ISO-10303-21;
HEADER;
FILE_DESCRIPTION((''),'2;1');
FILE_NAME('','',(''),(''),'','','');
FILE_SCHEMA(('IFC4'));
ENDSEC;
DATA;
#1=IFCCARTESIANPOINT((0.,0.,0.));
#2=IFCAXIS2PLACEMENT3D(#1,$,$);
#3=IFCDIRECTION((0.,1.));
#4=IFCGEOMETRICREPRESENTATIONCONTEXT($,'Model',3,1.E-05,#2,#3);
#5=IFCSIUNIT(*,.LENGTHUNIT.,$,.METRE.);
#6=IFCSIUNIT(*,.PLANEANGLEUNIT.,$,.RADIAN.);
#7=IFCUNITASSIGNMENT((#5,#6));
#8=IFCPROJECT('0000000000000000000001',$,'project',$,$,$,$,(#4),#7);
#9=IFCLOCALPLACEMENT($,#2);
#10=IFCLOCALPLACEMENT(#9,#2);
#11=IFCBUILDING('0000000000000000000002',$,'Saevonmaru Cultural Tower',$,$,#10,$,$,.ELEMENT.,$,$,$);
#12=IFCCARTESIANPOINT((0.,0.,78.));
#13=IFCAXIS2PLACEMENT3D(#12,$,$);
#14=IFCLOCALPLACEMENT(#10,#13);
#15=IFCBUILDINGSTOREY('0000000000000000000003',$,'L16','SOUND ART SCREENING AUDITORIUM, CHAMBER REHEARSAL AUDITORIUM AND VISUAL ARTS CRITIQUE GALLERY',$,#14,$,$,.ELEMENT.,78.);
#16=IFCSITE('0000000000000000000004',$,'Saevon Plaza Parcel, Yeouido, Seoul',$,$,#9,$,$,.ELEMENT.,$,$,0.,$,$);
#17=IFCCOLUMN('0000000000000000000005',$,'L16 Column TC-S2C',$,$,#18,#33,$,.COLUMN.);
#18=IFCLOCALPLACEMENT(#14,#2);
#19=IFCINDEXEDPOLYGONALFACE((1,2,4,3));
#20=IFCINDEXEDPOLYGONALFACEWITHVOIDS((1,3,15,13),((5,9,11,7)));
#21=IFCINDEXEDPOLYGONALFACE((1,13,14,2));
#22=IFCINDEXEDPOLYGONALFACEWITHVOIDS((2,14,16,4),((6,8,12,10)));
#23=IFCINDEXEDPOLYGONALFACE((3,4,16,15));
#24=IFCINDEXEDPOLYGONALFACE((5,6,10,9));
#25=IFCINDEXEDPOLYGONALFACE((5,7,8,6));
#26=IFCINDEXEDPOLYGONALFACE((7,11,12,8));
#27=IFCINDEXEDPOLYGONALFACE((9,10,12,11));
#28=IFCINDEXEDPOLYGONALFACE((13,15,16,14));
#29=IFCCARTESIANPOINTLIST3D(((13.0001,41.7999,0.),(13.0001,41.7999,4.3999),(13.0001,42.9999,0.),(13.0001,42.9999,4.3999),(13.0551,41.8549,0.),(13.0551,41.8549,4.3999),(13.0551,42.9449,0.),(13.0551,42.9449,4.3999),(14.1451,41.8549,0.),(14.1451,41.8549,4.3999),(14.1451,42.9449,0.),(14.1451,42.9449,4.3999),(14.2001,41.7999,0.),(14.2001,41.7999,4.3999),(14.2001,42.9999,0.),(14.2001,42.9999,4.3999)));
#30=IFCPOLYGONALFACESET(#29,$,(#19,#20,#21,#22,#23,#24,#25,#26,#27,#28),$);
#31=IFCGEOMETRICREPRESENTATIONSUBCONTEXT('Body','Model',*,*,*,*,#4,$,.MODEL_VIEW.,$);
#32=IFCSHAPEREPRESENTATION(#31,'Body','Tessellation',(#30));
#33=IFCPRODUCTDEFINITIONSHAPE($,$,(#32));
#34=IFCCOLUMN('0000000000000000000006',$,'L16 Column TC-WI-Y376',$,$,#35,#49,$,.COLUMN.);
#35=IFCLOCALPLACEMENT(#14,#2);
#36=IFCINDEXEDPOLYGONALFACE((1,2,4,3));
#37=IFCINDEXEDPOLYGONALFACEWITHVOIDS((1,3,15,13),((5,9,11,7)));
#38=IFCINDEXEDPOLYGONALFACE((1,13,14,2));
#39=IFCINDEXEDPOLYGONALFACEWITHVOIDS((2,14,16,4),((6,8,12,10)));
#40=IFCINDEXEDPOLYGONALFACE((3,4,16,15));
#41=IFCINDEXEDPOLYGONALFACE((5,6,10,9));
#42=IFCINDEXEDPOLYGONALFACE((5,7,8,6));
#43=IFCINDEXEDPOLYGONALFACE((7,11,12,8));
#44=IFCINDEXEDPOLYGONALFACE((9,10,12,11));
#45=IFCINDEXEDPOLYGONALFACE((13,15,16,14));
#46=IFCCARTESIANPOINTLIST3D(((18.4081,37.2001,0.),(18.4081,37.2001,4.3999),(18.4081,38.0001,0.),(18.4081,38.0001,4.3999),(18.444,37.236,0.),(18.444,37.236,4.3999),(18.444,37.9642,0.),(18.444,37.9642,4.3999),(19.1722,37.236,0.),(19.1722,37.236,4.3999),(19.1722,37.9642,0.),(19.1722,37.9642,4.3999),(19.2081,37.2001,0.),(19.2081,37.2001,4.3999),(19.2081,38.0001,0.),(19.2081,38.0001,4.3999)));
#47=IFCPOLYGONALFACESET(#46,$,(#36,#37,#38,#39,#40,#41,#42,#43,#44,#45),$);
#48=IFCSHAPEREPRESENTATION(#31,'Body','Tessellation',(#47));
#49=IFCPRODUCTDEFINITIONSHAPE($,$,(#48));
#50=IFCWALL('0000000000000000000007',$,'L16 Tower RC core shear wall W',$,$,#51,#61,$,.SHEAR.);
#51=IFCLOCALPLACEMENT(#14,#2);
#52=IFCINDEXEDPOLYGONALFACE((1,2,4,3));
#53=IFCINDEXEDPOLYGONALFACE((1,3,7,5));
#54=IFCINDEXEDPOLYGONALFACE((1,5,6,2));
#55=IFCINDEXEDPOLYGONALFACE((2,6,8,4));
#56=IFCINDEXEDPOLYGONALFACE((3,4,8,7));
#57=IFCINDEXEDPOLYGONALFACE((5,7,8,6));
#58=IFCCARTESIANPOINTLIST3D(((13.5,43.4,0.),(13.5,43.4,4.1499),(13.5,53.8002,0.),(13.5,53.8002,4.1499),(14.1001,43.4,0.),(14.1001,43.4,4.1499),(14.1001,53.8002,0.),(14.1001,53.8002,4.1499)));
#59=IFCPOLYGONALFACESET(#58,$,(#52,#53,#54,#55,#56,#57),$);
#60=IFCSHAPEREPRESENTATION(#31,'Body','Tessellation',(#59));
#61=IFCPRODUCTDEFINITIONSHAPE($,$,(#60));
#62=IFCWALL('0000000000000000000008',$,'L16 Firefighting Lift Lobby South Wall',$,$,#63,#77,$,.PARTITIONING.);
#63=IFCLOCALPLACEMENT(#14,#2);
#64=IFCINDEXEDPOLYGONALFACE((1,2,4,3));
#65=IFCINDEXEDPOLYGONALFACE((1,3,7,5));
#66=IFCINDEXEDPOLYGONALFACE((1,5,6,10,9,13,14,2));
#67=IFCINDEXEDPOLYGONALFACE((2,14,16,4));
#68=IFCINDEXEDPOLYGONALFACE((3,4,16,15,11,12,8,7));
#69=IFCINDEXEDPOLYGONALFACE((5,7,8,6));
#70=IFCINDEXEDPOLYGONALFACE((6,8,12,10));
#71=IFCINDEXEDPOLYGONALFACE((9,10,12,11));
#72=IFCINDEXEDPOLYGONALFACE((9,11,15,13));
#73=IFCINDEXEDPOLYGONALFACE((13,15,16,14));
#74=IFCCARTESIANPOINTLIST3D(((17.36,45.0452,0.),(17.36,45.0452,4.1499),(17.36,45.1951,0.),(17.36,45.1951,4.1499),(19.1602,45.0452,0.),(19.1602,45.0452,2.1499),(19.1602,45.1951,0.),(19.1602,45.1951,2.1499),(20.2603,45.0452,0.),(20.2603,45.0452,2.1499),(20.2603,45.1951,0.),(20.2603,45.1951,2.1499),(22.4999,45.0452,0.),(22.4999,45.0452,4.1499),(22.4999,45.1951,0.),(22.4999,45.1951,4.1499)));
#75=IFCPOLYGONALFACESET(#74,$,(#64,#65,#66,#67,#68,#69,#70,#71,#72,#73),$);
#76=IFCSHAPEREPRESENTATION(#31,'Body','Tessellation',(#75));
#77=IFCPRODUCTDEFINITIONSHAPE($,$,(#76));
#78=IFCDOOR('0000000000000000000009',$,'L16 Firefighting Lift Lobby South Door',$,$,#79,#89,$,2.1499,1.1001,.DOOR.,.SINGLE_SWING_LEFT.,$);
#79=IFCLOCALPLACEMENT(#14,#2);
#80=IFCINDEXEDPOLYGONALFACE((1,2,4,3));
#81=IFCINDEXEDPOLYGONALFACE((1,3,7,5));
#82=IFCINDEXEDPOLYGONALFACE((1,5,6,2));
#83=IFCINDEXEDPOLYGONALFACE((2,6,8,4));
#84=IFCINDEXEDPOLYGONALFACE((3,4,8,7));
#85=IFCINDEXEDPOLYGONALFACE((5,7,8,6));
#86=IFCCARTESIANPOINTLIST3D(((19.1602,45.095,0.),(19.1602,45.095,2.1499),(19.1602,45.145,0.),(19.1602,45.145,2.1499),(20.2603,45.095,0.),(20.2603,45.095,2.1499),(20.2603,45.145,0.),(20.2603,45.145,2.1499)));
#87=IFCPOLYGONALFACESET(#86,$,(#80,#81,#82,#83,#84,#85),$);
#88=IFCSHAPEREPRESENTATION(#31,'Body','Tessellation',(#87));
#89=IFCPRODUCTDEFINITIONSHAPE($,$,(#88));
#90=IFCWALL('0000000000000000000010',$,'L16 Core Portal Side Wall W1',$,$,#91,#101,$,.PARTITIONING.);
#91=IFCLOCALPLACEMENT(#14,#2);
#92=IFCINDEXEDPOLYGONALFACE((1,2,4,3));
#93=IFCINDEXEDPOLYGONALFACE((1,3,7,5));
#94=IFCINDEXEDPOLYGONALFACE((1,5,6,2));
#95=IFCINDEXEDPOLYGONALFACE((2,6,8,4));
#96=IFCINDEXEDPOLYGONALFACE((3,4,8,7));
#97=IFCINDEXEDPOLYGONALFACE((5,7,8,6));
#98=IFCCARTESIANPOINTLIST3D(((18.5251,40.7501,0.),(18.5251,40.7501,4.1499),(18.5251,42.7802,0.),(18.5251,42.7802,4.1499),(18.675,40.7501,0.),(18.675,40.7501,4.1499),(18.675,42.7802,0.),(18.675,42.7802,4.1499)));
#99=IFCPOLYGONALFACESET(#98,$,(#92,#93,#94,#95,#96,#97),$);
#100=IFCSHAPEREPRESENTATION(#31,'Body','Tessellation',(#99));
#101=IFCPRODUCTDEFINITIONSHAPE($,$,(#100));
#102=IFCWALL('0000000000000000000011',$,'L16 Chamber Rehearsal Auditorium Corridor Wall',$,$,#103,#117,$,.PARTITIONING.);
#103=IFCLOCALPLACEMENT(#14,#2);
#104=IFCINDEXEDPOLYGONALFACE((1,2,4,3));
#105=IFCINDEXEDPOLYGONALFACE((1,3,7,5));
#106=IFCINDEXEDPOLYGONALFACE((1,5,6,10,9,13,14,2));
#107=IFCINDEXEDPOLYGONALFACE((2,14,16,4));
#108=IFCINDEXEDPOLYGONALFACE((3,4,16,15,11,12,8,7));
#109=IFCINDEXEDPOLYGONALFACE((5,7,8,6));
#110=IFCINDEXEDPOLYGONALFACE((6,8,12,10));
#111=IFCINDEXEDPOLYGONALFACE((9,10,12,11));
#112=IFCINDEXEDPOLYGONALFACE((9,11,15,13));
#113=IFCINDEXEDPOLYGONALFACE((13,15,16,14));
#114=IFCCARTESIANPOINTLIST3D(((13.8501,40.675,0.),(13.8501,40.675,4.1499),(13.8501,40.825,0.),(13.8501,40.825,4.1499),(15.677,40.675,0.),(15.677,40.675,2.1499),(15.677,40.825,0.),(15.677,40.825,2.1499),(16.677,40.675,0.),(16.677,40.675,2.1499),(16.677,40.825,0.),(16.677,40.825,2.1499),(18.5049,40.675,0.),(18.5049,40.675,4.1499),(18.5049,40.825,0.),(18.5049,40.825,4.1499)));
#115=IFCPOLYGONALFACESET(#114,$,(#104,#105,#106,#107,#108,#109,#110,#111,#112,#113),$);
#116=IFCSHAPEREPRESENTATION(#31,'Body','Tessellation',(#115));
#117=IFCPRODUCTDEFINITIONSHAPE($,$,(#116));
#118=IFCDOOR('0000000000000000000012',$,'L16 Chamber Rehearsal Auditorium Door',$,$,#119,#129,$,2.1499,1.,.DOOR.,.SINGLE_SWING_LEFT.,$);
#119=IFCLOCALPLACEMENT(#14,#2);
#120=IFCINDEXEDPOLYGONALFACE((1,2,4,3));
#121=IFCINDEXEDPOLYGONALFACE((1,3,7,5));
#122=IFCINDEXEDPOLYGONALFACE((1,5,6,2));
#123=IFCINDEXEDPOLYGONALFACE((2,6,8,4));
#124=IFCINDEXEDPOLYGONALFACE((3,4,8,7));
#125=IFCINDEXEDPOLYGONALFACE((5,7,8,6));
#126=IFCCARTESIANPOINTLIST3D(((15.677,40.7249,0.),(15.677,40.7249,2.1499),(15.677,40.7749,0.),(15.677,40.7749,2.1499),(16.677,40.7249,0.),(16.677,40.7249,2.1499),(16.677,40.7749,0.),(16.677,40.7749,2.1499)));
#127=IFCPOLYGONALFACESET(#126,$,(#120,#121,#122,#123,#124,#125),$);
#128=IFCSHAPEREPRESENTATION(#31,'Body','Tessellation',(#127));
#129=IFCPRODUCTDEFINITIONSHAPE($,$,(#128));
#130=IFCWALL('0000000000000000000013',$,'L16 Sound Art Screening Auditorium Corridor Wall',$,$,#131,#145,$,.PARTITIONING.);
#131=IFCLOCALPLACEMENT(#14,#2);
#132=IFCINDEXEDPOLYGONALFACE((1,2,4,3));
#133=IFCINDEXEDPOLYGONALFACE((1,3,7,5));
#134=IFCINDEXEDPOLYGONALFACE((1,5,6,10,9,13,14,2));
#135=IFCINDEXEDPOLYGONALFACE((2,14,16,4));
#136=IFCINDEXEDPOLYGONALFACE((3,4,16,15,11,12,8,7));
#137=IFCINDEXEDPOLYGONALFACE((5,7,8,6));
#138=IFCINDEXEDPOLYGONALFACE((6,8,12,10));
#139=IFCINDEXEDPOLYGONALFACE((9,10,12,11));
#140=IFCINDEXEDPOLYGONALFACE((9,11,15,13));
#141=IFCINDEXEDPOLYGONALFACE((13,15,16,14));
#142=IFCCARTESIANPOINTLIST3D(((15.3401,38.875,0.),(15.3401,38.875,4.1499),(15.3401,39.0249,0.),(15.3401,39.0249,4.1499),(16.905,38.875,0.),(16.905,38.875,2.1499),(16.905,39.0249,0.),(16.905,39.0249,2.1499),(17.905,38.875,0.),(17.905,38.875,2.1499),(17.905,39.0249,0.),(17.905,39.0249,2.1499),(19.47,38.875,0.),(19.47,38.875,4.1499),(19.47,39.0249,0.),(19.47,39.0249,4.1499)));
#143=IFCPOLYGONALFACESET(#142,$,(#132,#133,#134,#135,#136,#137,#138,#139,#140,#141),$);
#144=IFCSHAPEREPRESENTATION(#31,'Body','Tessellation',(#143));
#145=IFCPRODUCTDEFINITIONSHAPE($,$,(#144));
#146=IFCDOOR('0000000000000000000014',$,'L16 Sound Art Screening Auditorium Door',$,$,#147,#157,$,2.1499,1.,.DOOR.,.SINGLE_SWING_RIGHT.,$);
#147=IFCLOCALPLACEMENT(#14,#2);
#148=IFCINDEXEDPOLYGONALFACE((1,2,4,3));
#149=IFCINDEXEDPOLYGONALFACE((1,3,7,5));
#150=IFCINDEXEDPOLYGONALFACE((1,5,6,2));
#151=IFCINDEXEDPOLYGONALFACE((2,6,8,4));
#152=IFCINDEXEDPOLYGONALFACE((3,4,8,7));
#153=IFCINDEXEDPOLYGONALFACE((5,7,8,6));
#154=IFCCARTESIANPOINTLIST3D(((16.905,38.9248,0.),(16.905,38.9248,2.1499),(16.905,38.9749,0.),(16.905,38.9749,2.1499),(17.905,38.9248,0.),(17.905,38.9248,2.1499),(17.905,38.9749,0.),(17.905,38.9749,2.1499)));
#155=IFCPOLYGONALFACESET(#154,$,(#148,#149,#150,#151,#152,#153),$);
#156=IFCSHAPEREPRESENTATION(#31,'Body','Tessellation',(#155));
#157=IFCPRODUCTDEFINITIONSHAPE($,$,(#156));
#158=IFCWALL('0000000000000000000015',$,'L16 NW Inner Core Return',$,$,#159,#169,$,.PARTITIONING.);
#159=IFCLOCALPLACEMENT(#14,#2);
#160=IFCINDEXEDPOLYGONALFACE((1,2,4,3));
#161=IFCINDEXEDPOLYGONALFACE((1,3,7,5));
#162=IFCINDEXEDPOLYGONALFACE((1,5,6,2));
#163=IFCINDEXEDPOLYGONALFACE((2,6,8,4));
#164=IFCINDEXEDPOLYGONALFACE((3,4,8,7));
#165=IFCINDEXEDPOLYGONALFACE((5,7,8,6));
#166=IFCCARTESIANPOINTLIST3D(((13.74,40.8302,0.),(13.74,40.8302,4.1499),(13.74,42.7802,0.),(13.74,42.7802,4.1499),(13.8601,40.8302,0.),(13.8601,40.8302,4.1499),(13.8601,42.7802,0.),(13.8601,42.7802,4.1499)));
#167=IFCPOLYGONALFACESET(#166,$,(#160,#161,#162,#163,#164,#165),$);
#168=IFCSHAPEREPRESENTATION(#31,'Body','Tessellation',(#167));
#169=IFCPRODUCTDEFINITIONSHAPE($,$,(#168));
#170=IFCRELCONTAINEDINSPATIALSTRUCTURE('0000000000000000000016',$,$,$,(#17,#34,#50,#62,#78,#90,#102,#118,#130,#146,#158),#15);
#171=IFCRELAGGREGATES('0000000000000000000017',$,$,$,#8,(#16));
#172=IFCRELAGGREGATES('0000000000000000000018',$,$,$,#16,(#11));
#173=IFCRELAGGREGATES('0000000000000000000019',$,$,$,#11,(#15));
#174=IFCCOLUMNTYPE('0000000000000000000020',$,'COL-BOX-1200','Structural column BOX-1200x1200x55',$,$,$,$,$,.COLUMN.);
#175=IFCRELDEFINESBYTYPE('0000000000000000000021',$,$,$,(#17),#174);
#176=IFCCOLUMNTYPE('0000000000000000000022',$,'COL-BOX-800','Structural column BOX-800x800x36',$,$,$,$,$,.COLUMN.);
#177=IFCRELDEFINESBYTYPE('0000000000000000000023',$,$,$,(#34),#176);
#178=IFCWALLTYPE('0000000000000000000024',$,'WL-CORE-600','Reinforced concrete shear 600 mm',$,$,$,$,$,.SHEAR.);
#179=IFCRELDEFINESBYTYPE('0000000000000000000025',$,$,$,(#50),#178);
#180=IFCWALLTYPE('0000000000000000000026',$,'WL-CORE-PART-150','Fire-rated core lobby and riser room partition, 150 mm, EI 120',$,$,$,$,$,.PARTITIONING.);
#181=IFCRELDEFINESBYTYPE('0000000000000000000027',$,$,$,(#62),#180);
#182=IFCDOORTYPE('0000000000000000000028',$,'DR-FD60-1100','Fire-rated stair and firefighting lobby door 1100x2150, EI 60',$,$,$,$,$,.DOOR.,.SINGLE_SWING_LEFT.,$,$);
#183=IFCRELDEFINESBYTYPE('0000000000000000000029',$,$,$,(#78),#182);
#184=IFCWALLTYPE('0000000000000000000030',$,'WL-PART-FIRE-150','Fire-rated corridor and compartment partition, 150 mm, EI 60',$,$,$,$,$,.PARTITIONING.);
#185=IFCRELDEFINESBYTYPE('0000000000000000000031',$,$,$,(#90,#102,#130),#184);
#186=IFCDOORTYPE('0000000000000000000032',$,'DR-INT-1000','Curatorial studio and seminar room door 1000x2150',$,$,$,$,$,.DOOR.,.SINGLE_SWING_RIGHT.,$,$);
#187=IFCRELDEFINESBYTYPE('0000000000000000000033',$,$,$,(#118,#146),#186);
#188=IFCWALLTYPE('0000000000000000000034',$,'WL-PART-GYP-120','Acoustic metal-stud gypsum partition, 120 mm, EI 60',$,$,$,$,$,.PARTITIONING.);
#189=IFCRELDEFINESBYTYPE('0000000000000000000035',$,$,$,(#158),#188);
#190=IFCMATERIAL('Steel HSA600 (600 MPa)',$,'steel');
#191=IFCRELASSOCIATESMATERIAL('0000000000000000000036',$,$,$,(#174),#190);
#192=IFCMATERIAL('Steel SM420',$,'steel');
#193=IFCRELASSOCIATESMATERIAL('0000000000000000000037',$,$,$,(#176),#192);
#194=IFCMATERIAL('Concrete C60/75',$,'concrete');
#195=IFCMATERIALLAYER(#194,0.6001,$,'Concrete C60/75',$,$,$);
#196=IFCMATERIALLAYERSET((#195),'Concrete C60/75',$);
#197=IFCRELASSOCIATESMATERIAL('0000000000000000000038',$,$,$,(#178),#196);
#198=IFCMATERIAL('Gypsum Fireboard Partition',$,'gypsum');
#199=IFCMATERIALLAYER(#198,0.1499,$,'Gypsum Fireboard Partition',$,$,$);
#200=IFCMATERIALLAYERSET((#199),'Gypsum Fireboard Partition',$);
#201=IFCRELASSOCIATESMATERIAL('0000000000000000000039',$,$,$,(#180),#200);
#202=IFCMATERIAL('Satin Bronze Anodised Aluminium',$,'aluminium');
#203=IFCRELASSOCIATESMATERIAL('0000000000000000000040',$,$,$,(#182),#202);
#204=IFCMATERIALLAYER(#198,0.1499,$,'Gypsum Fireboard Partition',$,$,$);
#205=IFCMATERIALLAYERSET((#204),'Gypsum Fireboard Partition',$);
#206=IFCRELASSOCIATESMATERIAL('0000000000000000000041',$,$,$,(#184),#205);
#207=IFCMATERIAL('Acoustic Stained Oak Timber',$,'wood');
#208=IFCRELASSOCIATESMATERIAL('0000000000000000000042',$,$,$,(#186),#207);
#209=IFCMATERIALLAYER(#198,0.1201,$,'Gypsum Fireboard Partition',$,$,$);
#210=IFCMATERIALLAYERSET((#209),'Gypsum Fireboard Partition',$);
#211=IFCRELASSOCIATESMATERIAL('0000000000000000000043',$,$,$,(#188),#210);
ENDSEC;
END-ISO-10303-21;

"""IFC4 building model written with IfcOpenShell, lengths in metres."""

from ifc_helpers import new_model, si_unit, direction, frame, frame_2d, origin, origin_2d, place, context, subcontext, project, spatial, rectangle, hollow_rectangle, extrude, material, layer, layer_set, material_profile, profile_set, type_object, element, fill, save


model = new_model("IFC4")

# Units and contexts
model_context = context("Model", 3, precision=1e-05, world=origin(), true_north=direction((0.0, 1.0)))
body_context = subcontext(model_context, "Body", "Model", "MODEL_VIEW")
ifc_project = project(units=[si_unit("LENGTHUNIT", "METRE"), si_unit("PLANEANGLEUNIT", "RADIAN")], contexts=[model_context])

# Site, building, storey
site_placement = place(None, origin())
site = spatial("IfcSite", under=ifc_project, at=site_placement, Name="Saevon Plaza Parcel, Yeouido, Seoul", CompositionType="ELEMENT", RefElevation=0.0)
building_placement = place(site_placement, origin())
building = spatial("IfcBuilding", under=site, at=building_placement, Name="Saevonmaru Cultural Tower", CompositionType="ELEMENT")
storey_placement = place(building_placement, frame((0.0, 0.0, 78.0)))
storey = spatial("IfcBuildingStorey", under=building, at=storey_placement, Name="L16", Description="SOUND ART SCREENING AUDITORIUM, CHAMBER REHEARSAL AUDITORIUM AND VISUAL ARTS CRITIQUE GALLERY", CompositionType="ELEMENT", Elevation=78.0)

# Columns
ifc_material_1 = material(Name="Steel HSA600 (600 MPa)", Category="steel")
ifc_material_profile_1 = material_profile(ifc_material_1, hollow_rectangle(XDim=1.2, YDim=1.2, WallThickness=0.0549, at=origin_2d()), Name="BOX-1200x1200x55")
ifc_profile_set_1 = profile_set([ifc_material_profile_1], Name="Steel HSA600 (600 MPa)")
column_type_1 = type_object("IfcColumnType", Name="COL-BOX-1200", Description="Structural column BOX-1200x1200x55", PredefinedType="COLUMN", material=ifc_profile_set_1)
column_1_placement = place(storey_placement, frame((13.6001, 42.3999, 0.0), z_axis=(0.0, 0.0, 1.0), x_axis=(1.0, 0.0, 0.0)))
element("IfcColumn", 1, at=column_1_placement, inside=storey, type_object=column_type_1, Name="L16 Column TC-S2C", PredefinedType="COLUMN", context=body_context, shape_type="SweptSolid", body=[
    extrude(hollow_rectangle(XDim=1.2, YDim=1.2, WallThickness=0.0549, at=origin_2d()), origin(), (0.0, 0.0, 1.0), 4.3999),
])
ifc_material_2 = material(Name="Steel SM420", Category="steel")
ifc_material_profile_2 = material_profile(ifc_material_2, hollow_rectangle(XDim=0.8, YDim=0.8, WallThickness=0.0359, at=origin_2d()), Name="BOX-800x800x36")
ifc_profile_set_2 = profile_set([ifc_material_profile_2], Name="Steel SM420")
column_type_2 = type_object("IfcColumnType", Name="COL-BOX-800", Description="Structural column BOX-800x800x36", PredefinedType="COLUMN", material=ifc_profile_set_2)
column_2_placement = place(storey_placement, frame((18.8081, 37.6001, 0.0), z_axis=(0.0, 0.0, 1.0), x_axis=(1.0, 0.0, 0.0)))
element("IfcColumn", 2, at=column_2_placement, inside=storey, type_object=column_type_2, Name="L16 Column TC-WI-Y376", PredefinedType="COLUMN", context=body_context, shape_type="SweptSolid", body=[
    extrude(hollow_rectangle(XDim=0.8, YDim=0.8, WallThickness=0.0359, at=origin_2d()), origin(), (0.0, 0.0, 1.0), 4.3999),
])

# Wall
ifc_material_3 = material(Name="Concrete C60/75", Category="concrete")
ifc_layer_1 = layer(ifc_material_3, 0.6001, Name="Concrete C60/75")
ifc_layer_set_1 = layer_set([ifc_layer_1], Name="Concrete C60/75")
wall_type_1 = type_object("IfcWallType", Name="WL-CORE-600", Description="Reinforced concrete shear 600 mm", PredefinedType="SHEAR", material=ifc_layer_set_1)
wall_1_placement = place(storey_placement, frame((13.8, 43.3999, 0.0), z_axis=(0.0, 0.0, 1.0), x_axis=(0.0, 1.0, 0.0)))
element("IfcWall", 3, at=wall_1_placement, inside=storey, type_object=wall_type_1, Name="L16 Tower RC core shear wall W", PredefinedType="SHEAR", context=body_context, shape_type="SweptSolid", body=[
    extrude(rectangle(XDim=10.4001, YDim=0.6001, at=frame_2d((5.2002, 0.0))), origin(), (0.0, 0.0, 1.0), 4.1499),
])

# Wall, opening, door
ifc_material_4 = material(Name="Gypsum Fireboard Partition", Category="gypsum")
ifc_layer_2 = layer(ifc_material_4, 0.1499, Name="Gypsum Fireboard Partition")
ifc_layer_set_2 = layer_set([ifc_layer_2], Name="Gypsum Fireboard Partition")
wall_type_2 = type_object("IfcWallType", Name="WL-CORE-PART-150", Description="Fire-rated core lobby and riser room partition, 150 mm, EI 120", PredefinedType="PARTITIONING", material=ifc_layer_set_2)
wall_2_placement = place(storey_placement, frame((17.3601, 45.1201, 0.0), z_axis=(0.0, 0.0, 1.0), x_axis=(1.0, 0.0, 0.0)))
wall_2 = element("IfcWall", 4, at=wall_2_placement, inside=storey, type_object=wall_type_2, Name="L16 Firefighting Lift Lobby South Wall", PredefinedType="PARTITIONING", context=body_context, shape_type="SweptSolid", body=[
    extrude(rectangle(XDim=5.1399, YDim=0.1499, at=frame_2d((2.5698, 0.0))), origin(), (0.0, 0.0, 1.0), 4.1499),
])
opening_1_placement = place(wall_2_placement, frame((1.8, 0.0, 0.0)))
opening_1 = element("IfcOpeningElement", 5, at=opening_1_placement, cuts=wall_2, PredefinedType="OPENING", context=body_context, shape_type="SweptSolid", body=[
    extrude(rectangle(XDim=1.1001, YDim=2.1499, at=frame_2d((0.55, 1.075))), frame((0.0, 0.085, 0.0), z_axis=(0.0, -1.0, 0.0), x_axis=(1.0, 0.0, 0.0)), (0.0, 0.0, 1.0), 0.1699),
])
ifc_material_5 = material(Name="Satin Bronze Anodised Aluminium", Category="aluminium")
door_type_1 = type_object("IfcDoorType", Name="DR-FD60-1100", Description="Fire-rated stair and firefighting lobby door 1100x2150, EI 60", OperationType="SINGLE_SWING_LEFT", PredefinedType="DOOR", material=ifc_material_5)
door_1_placement = place(opening_1_placement, origin())
door_1 = element("IfcDoor", 6, at=door_1_placement, inside=storey, type_object=door_type_1, Name="L16 Firefighting Lift Lobby South Door", OperationType="SINGLE_SWING_LEFT", OverallHeight=2.1499, OverallWidth=1.1001, PredefinedType="DOOR", context=body_context, shape_type="SweptSolid", body=[
    extrude(rectangle(XDim=1.1001, YDim=2.1499, at=frame_2d((0.55, 1.075))), frame((0.0, 0.0249, 0.0), z_axis=(0.0, -1.0, 0.0), x_axis=(1.0, 0.0, 0.0)), (0.0, 0.0, 1.0), 0.05),
])
fill(opening_1, door_1)

# Wall
ifc_layer_3 = layer(ifc_material_4, 0.1499, Name="Gypsum Fireboard Partition")
ifc_layer_set_3 = layer_set([ifc_layer_3], Name="Gypsum Fireboard Partition")
wall_type_3 = type_object("IfcWallType", Name="WL-PART-FIRE-150", Description="Fire-rated corridor and compartment partition, 150 mm, EI 60", PredefinedType="PARTITIONING", material=ifc_layer_set_3)
wall_3_placement = place(storey_placement, frame((18.6001, 40.75, 0.0), z_axis=(0.0, 0.0, 1.0), x_axis=(0.0, 1.0, 0.0)))
element("IfcWall", 7, at=wall_3_placement, inside=storey, type_object=wall_type_3, Name="L16 Core Portal Side Wall W1", PredefinedType="PARTITIONING", context=body_context, shape_type="SweptSolid", body=[
    extrude(rectangle(XDim=2.03, YDim=0.1499, at=frame_2d((1.0151, 0.0))), origin(), (0.0, 0.0, 1.0), 4.1499),
])

# Walls, openings, doors
wall_4_placement = place(storey_placement, frame((13.8501, 40.75, 0.0), z_axis=(0.0, 0.0, 1.0), x_axis=(1.0, 0.0, 0.0)))
wall_4 = element("IfcWall", 8, at=wall_4_placement, inside=storey, type_object=wall_type_3, Name="L16 Chamber Rehearsal Auditorium Corridor Wall", PredefinedType="PARTITIONING", context=body_context, shape_type="SweptSolid", body=[
    extrude(rectangle(XDim=4.6548, YDim=0.1499, at=frame_2d((2.3274, 0.0))), origin(), (0.0, 0.0, 1.0), 4.1499),
])
opening_2_placement = place(wall_4_placement, frame((1.8269, 0.0, 0.0)))
opening_2 = element("IfcOpeningElement", 9, at=opening_2_placement, cuts=wall_4, PredefinedType="OPENING", context=body_context, shape_type="SweptSolid", body=[
    extrude(rectangle(XDim=1.0, YDim=2.1499, at=frame_2d((0.5, 1.075))), frame((0.0, 0.085, 0.0), z_axis=(0.0, -1.0, 0.0), x_axis=(1.0, 0.0, 0.0)), (0.0, 0.0, 1.0), 0.1699),
])
ifc_material_6 = material(Name="Acoustic Stained Oak Timber", Category="wood")
door_type_2 = type_object("IfcDoorType", Name="DR-INT-1000", Description="Curatorial studio and seminar room door 1000x2150", OperationType="SINGLE_SWING_RIGHT", PredefinedType="DOOR", material=ifc_material_6)
door_2_placement = place(opening_2_placement, origin())
door_2 = element("IfcDoor", 10, at=door_2_placement, inside=storey, type_object=door_type_2, Name="L16 Chamber Rehearsal Auditorium Door", OperationType="SINGLE_SWING_LEFT", OverallHeight=2.1499, OverallWidth=1.0, PredefinedType="DOOR", context=body_context, shape_type="SweptSolid", body=[
    extrude(rectangle(XDim=1.0, YDim=2.1499, at=frame_2d((0.5, 1.075))), frame((0.0, 0.0249, 0.0), z_axis=(0.0, -1.0, 0.0), x_axis=(1.0, 0.0, 0.0)), (0.0, 0.0, 1.0), 0.05),
])
fill(opening_2, door_2)
wall_5_placement = place(storey_placement, frame((15.3401, 38.95, 0.0), z_axis=(0.0, 0.0, 1.0), x_axis=(1.0, 0.0, 0.0)))
wall_5 = element("IfcWall", 11, at=wall_5_placement, inside=storey, type_object=wall_type_3, Name="L16 Sound Art Screening Auditorium Corridor Wall", PredefinedType="PARTITIONING", context=body_context, shape_type="SweptSolid", body=[
    extrude(rectangle(XDim=4.1299, YDim=0.1499, at=frame_2d((2.0649, 0.0))), origin(), (0.0, 0.0, 1.0), 4.1499),
])
opening_3_placement = place(wall_5_placement, frame((1.5649, 0.0, 0.0)))
opening_3 = element("IfcOpeningElement", 12, at=opening_3_placement, cuts=wall_5, PredefinedType="OPENING", context=body_context, shape_type="SweptSolid", body=[
    extrude(rectangle(XDim=1.0, YDim=2.1499, at=frame_2d((0.5, 1.075))), frame((0.0, 0.085, 0.0), z_axis=(0.0, -1.0, 0.0), x_axis=(1.0, 0.0, 0.0)), (0.0, 0.0, 1.0), 0.1699),
])
door_3_placement = place(opening_3_placement, origin())
door_3 = element("IfcDoor", 13, at=door_3_placement, inside=storey, type_object=door_type_2, Name="L16 Sound Art Screening Auditorium Door", OperationType="SINGLE_SWING_RIGHT", OverallHeight=2.1499, OverallWidth=1.0, PredefinedType="DOOR", context=body_context, shape_type="SweptSolid", body=[
    extrude(rectangle(XDim=1.0, YDim=2.1499, at=frame_2d((0.5, 1.075))), frame((0.0, 0.0249, 0.0), z_axis=(0.0, -1.0, 0.0), x_axis=(1.0, 0.0, 0.0)), (0.0, 0.0, 1.0), 0.05),
])
fill(opening_3, door_3)

# Wall
ifc_layer_4 = layer(ifc_material_4, 0.1201, Name="Gypsum Fireboard Partition")
ifc_layer_set_4 = layer_set([ifc_layer_4], Name="Gypsum Fireboard Partition")
wall_type_4 = type_object("IfcWallType", Name="WL-PART-GYP-120", Description="Acoustic metal-stud gypsum partition, 120 mm, EI 60", PredefinedType="PARTITIONING", material=ifc_layer_set_4)
wall_6_placement = place(storey_placement, frame((13.8, 40.8301, 0.0), z_axis=(0.0, 0.0, 1.0), x_axis=(0.0, 1.0, 0.0)))
element("IfcWall", 14, at=wall_6_placement, inside=storey, type_object=wall_type_4, Name="L16 NW Inner Core Return", PredefinedType="PARTITIONING", context=body_context, shape_type="SweptSolid", body=[
    extrude(rectangle(XDim=1.95, YDim=0.1201, at=frame_2d((0.9751, 0.0))), origin(), (0.0, 0.0, 1.0), 4.1499),
])

save(model, "model.ifc")
